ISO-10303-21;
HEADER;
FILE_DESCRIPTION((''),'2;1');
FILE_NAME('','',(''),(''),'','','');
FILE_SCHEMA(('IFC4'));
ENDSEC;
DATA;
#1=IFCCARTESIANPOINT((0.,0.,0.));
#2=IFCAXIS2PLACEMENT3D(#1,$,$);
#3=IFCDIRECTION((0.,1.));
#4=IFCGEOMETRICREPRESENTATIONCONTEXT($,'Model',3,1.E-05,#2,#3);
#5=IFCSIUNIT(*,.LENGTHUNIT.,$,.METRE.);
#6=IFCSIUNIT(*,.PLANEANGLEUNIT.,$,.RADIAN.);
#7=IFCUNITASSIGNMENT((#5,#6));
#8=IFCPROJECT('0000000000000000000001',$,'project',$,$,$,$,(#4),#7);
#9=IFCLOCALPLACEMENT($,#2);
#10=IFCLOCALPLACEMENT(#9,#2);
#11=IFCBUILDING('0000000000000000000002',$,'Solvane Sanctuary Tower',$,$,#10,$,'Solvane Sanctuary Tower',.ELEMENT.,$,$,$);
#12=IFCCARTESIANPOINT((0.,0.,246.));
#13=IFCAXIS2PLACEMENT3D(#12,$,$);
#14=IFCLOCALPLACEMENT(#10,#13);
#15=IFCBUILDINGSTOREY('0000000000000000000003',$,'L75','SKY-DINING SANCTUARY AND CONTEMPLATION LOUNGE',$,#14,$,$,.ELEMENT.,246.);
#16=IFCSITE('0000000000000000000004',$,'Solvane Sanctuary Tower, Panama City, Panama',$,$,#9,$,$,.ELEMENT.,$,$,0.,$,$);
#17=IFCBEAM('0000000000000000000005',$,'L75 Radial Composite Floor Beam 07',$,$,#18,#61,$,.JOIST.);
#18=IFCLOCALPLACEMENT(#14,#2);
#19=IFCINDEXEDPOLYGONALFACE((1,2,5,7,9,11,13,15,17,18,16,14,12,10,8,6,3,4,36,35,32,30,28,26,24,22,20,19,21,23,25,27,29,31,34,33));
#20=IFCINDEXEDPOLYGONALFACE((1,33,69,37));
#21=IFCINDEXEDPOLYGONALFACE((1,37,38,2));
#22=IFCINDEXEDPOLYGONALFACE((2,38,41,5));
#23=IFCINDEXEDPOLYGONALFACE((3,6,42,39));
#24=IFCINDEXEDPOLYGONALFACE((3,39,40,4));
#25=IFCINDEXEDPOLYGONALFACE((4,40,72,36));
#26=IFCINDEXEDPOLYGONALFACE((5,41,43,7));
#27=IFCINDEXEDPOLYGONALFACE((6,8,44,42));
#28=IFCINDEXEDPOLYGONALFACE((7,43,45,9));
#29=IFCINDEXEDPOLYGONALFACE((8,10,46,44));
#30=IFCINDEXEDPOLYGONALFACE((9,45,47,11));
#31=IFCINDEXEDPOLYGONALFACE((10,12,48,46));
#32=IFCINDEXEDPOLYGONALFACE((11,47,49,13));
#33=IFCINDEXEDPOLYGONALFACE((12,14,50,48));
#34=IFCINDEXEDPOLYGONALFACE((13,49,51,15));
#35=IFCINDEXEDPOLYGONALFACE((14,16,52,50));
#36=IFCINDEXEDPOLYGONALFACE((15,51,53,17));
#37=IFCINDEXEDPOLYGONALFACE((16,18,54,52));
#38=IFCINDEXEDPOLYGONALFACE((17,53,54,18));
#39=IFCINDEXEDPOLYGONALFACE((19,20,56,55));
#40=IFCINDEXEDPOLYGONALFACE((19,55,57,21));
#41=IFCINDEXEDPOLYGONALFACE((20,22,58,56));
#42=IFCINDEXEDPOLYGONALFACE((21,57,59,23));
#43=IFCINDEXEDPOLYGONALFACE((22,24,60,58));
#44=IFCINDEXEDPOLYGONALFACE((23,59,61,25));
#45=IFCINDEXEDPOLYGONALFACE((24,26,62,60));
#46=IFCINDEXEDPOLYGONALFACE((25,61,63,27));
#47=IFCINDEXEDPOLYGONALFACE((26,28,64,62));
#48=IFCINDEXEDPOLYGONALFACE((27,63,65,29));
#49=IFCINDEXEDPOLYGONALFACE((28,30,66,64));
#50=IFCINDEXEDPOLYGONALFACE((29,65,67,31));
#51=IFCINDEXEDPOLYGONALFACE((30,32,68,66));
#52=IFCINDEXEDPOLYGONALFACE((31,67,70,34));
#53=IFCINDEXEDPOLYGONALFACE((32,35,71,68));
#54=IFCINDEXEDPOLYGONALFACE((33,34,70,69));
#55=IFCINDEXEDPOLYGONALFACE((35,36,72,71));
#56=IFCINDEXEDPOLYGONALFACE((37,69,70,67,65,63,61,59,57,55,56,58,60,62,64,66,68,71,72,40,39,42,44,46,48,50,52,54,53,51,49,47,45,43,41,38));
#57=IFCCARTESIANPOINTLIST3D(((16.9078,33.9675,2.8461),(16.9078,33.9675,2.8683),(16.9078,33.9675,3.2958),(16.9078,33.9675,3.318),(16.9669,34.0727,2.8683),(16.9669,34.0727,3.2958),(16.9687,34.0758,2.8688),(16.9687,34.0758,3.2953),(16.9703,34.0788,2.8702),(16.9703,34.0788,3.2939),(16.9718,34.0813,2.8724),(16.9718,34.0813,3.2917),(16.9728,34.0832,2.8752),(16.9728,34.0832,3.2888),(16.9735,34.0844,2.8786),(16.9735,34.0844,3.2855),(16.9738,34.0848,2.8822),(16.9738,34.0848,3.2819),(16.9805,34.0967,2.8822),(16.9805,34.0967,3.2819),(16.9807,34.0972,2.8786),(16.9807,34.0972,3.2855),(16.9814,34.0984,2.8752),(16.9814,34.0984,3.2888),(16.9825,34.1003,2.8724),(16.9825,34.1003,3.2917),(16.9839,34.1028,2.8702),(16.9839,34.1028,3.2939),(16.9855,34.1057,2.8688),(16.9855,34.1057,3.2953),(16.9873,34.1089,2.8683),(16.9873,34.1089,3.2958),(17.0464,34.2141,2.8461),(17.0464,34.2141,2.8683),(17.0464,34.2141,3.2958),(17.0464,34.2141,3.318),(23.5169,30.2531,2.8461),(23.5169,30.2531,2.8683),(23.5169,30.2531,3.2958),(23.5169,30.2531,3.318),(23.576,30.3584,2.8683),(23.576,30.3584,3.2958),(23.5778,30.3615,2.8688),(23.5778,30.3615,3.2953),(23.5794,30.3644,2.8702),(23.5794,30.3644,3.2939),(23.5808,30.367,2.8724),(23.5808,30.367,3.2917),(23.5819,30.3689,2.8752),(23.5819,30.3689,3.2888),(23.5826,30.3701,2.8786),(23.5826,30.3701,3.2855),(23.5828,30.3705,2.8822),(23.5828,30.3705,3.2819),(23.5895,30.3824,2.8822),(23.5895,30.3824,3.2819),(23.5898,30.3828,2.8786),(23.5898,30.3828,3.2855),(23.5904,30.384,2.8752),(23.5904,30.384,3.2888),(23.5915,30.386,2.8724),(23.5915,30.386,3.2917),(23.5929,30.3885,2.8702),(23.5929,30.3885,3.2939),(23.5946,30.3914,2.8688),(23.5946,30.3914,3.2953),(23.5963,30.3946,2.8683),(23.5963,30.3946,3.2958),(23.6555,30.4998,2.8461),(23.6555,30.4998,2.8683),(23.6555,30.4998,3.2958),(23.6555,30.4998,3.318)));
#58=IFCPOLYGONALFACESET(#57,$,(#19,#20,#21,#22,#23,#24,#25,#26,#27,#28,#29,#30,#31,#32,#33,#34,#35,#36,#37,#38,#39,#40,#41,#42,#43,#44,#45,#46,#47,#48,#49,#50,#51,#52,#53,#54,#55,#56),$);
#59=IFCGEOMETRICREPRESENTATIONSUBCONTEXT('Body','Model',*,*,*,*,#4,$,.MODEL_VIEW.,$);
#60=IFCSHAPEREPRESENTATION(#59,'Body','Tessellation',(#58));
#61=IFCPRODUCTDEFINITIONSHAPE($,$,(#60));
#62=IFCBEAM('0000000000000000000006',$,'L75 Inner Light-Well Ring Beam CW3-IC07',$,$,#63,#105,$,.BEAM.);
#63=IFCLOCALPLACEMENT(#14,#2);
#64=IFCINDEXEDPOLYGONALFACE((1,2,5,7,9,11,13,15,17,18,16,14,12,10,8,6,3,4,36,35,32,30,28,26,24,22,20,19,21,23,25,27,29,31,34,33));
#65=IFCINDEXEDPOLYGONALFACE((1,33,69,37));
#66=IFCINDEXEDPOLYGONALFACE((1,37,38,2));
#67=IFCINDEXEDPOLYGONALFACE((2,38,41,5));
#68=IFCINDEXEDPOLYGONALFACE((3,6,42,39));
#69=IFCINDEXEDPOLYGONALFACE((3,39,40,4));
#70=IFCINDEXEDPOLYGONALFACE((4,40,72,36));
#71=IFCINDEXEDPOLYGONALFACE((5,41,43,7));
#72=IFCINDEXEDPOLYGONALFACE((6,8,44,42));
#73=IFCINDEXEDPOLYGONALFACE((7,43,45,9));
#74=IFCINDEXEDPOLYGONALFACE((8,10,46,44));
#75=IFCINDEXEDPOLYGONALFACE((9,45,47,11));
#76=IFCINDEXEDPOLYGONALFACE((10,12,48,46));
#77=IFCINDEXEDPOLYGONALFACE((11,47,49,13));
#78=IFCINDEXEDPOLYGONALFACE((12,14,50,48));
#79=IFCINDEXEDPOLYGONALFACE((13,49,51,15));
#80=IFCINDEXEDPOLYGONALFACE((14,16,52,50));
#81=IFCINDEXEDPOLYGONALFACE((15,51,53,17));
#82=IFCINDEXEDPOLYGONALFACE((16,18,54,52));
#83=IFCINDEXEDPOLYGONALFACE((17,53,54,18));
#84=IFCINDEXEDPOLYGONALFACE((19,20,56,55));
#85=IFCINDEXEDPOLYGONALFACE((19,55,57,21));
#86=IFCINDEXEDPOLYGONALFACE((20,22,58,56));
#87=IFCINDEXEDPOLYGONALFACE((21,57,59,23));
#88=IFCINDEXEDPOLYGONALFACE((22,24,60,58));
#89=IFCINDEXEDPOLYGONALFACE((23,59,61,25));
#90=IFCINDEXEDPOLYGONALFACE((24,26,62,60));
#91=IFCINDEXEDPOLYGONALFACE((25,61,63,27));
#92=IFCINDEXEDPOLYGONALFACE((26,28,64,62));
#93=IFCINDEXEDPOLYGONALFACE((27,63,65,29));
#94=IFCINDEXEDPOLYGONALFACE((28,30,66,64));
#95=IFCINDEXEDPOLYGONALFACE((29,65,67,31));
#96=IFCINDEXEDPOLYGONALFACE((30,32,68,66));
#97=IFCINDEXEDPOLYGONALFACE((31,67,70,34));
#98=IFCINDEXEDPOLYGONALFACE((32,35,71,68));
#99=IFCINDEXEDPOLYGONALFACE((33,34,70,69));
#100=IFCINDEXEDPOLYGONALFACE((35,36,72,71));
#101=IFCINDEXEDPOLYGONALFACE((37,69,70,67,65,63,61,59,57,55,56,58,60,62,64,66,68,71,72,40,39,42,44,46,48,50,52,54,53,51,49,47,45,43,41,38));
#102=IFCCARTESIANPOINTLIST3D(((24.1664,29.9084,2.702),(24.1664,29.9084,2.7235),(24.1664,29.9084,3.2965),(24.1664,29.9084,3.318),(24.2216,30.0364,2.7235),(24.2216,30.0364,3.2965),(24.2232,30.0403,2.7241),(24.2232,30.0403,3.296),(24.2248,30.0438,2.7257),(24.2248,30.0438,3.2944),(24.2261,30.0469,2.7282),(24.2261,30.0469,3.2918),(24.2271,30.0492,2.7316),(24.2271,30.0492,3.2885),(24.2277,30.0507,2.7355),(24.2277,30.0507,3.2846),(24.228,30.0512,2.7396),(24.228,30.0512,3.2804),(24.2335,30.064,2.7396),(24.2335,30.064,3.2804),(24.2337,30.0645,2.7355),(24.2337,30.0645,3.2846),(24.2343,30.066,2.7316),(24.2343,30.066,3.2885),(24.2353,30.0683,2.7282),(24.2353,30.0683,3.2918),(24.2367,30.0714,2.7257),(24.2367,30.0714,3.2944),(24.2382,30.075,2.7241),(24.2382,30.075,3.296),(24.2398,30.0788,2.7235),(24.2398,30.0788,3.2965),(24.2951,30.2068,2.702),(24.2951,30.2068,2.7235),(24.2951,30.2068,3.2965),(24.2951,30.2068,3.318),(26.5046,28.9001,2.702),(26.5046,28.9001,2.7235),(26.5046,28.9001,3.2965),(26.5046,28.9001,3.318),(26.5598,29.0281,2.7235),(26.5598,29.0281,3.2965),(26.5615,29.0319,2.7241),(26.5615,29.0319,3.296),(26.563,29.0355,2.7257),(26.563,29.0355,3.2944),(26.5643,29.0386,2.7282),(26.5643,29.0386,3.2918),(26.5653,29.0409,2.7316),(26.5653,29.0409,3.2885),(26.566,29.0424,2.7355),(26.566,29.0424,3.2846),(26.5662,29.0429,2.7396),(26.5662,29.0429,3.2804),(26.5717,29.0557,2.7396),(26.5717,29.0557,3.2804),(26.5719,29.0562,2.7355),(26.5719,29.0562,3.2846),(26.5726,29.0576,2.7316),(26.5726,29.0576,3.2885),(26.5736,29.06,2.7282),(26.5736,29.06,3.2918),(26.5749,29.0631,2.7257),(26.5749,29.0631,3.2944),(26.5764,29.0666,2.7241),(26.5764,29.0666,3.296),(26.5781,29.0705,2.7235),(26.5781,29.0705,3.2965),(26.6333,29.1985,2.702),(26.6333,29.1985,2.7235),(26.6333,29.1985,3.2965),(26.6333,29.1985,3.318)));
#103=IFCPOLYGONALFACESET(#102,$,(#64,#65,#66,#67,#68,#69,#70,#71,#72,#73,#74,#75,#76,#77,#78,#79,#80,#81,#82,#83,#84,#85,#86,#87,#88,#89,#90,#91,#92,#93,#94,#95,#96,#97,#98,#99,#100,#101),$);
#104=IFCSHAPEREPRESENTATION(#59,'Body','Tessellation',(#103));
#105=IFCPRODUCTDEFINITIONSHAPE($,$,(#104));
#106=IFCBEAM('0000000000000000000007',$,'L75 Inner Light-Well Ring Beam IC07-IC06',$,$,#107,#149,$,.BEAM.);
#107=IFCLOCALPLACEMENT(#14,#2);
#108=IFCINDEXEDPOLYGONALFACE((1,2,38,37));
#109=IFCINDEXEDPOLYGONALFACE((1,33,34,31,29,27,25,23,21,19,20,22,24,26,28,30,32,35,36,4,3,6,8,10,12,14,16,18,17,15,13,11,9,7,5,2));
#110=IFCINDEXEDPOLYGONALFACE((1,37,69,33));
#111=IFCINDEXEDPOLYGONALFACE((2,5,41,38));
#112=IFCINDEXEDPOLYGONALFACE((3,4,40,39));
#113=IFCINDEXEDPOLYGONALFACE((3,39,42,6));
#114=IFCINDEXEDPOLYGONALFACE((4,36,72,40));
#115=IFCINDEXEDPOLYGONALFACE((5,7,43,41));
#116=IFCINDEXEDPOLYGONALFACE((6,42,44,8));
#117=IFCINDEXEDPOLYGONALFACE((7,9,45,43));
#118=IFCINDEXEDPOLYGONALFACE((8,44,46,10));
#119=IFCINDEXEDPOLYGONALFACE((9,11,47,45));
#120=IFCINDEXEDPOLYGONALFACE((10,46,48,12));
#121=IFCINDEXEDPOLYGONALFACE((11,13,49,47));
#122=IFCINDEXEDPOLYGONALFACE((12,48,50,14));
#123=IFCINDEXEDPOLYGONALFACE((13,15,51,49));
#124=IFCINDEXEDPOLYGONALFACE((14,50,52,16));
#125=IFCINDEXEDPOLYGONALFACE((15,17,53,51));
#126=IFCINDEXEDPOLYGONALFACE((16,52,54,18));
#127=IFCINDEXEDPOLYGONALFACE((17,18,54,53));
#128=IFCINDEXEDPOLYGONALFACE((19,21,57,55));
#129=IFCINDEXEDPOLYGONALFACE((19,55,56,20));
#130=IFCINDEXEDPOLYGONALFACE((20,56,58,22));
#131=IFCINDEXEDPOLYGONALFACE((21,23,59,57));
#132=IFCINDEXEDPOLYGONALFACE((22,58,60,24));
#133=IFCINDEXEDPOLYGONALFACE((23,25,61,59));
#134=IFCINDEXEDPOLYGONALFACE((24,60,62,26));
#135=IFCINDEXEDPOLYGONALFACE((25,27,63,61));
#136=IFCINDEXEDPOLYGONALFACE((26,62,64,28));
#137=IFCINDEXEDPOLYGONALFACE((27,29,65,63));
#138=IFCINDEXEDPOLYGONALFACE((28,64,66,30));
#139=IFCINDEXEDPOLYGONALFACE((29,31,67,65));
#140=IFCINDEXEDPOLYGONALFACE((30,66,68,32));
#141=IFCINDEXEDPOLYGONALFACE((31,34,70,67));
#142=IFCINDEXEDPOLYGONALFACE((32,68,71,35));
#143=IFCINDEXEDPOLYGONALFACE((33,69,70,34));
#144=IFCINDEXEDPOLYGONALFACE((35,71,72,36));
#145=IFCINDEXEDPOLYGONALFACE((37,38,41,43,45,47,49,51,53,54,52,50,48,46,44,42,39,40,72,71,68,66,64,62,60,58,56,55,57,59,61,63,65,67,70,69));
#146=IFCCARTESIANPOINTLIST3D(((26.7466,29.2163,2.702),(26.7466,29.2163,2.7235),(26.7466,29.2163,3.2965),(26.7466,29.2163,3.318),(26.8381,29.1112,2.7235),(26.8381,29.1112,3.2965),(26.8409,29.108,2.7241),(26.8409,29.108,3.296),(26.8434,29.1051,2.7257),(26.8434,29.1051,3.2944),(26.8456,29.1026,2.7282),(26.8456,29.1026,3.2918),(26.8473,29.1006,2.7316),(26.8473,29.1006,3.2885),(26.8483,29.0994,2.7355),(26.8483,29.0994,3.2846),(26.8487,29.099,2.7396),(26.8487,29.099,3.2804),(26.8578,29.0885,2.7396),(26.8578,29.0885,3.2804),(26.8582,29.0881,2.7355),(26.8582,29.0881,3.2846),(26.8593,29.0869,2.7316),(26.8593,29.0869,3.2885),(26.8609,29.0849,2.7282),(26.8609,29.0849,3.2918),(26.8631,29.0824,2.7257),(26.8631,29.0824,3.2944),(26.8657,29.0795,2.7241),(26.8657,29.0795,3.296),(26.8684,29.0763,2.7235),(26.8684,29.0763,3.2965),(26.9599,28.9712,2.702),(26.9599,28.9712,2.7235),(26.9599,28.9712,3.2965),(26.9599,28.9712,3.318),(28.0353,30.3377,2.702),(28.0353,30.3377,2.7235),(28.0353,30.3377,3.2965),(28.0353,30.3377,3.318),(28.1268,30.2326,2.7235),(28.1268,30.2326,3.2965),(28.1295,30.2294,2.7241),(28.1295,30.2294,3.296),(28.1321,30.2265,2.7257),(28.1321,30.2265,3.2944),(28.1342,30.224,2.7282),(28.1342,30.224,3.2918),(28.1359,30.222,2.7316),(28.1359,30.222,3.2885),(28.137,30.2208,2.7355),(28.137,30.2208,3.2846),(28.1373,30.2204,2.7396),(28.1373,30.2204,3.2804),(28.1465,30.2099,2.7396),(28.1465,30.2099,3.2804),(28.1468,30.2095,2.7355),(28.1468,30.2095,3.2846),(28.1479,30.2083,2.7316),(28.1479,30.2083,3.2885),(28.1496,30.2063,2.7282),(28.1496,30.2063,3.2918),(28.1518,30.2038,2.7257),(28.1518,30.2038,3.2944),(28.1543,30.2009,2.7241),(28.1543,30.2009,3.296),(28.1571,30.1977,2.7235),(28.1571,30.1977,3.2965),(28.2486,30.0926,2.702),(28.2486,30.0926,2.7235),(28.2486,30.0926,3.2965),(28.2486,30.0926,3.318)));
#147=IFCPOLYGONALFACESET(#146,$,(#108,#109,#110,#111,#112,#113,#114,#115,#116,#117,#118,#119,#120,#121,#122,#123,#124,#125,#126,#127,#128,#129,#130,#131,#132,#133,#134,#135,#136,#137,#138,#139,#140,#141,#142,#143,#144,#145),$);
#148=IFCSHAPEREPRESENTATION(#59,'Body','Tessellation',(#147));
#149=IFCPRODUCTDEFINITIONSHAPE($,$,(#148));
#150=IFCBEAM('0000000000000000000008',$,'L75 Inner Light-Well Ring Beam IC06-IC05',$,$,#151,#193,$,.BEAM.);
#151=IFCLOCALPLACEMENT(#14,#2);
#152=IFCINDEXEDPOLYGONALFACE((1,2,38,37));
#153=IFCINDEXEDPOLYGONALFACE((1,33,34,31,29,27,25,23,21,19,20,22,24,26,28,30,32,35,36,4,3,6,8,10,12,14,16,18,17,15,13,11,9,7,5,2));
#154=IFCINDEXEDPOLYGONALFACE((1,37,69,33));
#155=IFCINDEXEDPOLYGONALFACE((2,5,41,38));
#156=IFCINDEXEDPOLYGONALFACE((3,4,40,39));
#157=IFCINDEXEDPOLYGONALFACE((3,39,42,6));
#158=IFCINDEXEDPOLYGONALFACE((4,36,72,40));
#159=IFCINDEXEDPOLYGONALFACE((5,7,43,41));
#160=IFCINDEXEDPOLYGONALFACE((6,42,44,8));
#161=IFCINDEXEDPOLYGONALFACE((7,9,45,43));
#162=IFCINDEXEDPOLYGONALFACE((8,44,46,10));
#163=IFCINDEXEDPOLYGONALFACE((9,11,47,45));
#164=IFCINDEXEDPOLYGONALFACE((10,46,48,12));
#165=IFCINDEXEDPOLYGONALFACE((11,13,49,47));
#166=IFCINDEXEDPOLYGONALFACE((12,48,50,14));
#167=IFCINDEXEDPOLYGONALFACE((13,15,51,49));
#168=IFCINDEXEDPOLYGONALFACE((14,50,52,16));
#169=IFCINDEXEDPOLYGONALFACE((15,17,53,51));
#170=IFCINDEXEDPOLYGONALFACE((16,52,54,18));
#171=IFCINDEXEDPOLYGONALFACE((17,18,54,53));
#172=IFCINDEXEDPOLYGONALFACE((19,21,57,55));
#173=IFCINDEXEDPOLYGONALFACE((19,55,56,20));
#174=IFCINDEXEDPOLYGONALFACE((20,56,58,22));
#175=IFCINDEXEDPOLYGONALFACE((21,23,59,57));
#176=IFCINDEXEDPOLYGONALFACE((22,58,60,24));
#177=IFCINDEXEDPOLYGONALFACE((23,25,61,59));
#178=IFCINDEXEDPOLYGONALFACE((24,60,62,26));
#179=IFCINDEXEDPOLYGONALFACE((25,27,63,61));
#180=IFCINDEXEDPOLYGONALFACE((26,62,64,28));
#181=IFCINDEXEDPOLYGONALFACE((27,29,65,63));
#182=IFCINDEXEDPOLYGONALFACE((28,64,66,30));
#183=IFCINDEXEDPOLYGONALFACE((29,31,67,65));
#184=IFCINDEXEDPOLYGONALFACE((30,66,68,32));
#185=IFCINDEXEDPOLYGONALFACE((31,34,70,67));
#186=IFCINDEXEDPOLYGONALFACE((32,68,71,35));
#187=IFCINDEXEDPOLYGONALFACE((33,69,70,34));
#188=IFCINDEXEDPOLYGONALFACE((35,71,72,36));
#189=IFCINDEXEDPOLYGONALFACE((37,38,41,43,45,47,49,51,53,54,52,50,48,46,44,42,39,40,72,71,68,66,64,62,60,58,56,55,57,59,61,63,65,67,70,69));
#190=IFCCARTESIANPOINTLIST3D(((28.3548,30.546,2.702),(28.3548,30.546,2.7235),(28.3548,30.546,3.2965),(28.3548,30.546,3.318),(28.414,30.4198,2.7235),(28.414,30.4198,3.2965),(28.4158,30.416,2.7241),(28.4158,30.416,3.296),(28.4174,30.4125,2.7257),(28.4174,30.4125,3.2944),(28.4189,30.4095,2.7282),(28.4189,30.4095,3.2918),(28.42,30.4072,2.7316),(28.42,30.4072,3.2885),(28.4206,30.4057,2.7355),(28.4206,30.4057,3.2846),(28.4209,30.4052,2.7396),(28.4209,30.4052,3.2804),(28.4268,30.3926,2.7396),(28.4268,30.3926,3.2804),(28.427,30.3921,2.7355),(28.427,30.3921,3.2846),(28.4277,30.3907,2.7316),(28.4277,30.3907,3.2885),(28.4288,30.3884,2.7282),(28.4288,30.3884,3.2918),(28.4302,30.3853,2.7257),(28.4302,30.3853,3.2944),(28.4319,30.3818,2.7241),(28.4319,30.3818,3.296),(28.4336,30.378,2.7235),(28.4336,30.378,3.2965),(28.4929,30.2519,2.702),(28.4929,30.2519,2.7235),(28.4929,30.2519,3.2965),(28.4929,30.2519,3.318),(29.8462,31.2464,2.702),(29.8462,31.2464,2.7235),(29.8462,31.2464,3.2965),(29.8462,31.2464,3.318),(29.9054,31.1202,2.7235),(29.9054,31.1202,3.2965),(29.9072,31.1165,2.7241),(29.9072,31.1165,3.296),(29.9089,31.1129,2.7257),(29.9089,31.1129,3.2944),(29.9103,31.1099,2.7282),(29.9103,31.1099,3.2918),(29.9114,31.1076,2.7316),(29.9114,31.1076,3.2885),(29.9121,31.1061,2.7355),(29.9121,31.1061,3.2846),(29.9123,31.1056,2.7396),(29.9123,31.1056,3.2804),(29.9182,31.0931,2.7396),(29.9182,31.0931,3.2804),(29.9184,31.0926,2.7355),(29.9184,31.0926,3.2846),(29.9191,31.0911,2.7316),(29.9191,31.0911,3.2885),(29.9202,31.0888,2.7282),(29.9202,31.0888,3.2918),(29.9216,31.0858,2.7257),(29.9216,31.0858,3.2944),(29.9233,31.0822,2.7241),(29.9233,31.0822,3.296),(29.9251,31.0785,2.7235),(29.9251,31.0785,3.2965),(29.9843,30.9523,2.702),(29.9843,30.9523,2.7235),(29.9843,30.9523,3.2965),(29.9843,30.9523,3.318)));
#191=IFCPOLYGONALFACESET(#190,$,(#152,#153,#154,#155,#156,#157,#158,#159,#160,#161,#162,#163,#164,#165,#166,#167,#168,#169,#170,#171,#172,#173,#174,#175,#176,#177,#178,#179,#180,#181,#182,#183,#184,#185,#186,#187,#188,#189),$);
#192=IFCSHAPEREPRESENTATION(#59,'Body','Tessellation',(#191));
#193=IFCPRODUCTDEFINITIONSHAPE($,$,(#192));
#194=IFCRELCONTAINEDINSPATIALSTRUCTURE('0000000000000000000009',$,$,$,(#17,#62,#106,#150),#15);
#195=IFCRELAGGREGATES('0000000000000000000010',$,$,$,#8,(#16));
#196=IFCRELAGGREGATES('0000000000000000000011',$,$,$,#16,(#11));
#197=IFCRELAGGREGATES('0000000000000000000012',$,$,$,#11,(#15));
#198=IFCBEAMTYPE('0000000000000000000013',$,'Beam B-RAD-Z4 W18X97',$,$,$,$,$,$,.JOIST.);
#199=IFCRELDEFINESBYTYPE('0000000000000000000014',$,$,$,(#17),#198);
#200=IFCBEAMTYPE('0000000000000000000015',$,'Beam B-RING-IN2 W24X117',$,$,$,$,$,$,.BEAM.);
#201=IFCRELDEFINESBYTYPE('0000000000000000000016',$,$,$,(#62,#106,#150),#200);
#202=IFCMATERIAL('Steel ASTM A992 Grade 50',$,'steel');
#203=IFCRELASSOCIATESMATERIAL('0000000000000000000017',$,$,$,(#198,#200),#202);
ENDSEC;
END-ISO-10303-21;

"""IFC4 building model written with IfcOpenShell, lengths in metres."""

from ifc_helpers import new_model, si_unit, direction, frame, origin, origin_2d, place, context, subcontext, project, spatial, i_section, extrude, material, material_profile, profile_set, type_object, element, save


model = new_model("IFC4")

# Units and contexts
model_context = context("Model", 3, precision=1e-05, world=origin(), true_north=direction((0.0, 1.0)))
body_context = subcontext(model_context, "Body", "Model", "MODEL_VIEW")
ifc_project = project(units=[si_unit("LENGTHUNIT", "METRE"), si_unit("PLANEANGLEUNIT", "RADIAN")], contexts=[model_context])

# Site, building, storey
site_placement = place(None, origin())
site = spatial("IfcSite", under=ifc_project, at=site_placement, Name="Solvane Sanctuary Tower, Panama City, Panama", CompositionType="ELEMENT", RefElevation=0.0)
building_placement = place(site_placement, origin())
building = spatial("IfcBuilding", under=site, at=building_placement, Name="Solvane Sanctuary Tower", LongName="Solvane Sanctuary Tower", CompositionType="ELEMENT")
storey_placement = place(building_placement, frame((0.0, 0.0, 246.0)))
storey = spatial("IfcBuildingStorey", under=building, at=storey_placement, Name="L75", Description="SKY-DINING SANCTUARY AND CONTEMPLATION LOUNGE", CompositionType="ELEMENT", Elevation=246.0)

# Beams
ifc_material_1 = material(Name="Steel ASTM A992 Grade 50", Category="steel")
ifc_material_profile_1 = material_profile(ifc_material_1, i_section(OverallWidth=0.283, OverallDepth=0.4719, WebThickness=0.0137, FlangeThickness=0.0222, FilletRadius=0.0139, at=origin_2d()), Name="W18X97")
ifc_profile_set_1 = profile_set([ifc_material_profile_1], Name="Steel ASTM A992 Grade 50")
beam_type_1 = type_object("IfcBeamType", Name="Beam B-RAD-Z4 W18X97", PredefinedType="JOIST", material=ifc_profile_set_1)
beam_1_placement = place(storey_placement, frame((23.5862, 30.3765, 3.082), z_axis=(-0.87176, 0.489932, 0.0), x_axis=(-0.489932, -0.87176, 0.0)))
element("IfcBeam", 1, at=beam_1_placement, inside=storey, type_object=beam_type_1, Name="L75 Radial Composite Floor Beam 07", PredefinedType="JOIST", context=body_context, shape_type="SweptSolid", body=[
    extrude(i_section(OverallWidth=0.283, OverallDepth=0.4719, WebThickness=0.0137, FlangeThickness=0.0222, FilletRadius=0.0139, at=origin_2d()), origin(), (0.0, 0.0, 1.0), 7.5813),
])
ifc_material_profile_2 = material_profile(ifc_material_1, i_section(OverallWidth=0.325, OverallDepth=0.616, WebThickness=0.0139, FlangeThickness=0.0215, FilletRadius=0.0161, at=origin_2d()), Name="W24X117")
ifc_profile_set_2 = profile_set([ifc_material_profile_2], Name="Steel ASTM A992 Grade 50")
beam_type_2 = type_object("IfcBeamType", Name="Beam B-RING-IN2 W24X117", PredefinedType="BEAM", material=ifc_profile_set_2)
beam_2_placement = place(storey_placement, frame((24.2307, 30.0576, 3.01), z_axis=(0.918255, -0.39599, 0.0), x_axis=(0.39599, 0.918255, 0.0)))
element("IfcBeam", 2, at=beam_2_placement, inside=storey, type_object=beam_type_2, Name="L75 Inner Light-Well Ring Beam CW3-IC07", PredefinedType="BEAM", context=body_context, shape_type="SweptSolid", body=[
    extrude(i_section(OverallWidth=0.325, OverallDepth=0.616, WebThickness=0.0139, FlangeThickness=0.0215, FilletRadius=0.0161, at=origin_2d()), origin(), (0.0, 0.0, 1.0), 2.5464),
])
beam_3_placement = place(storey_placement, frame((26.8533, 29.0938, 3.01), z_axis=(0.754362, 0.656458, 0.0), x_axis=(-0.656458, 0.754362, 0.0)))
element("IfcBeam", 3, at=beam_3_placement, inside=storey, type_object=beam_type_2, Name="L75 Inner Light-Well Ring Beam IC07-IC06", PredefinedType="BEAM", context=body_context, shape_type="SweptSolid", body=[
    extrude(i_section(OverallWidth=0.325, OverallDepth=0.616, WebThickness=0.0139, FlangeThickness=0.0215, FilletRadius=0.0161, at=origin_2d()), origin(), (0.0, 0.0, 1.0), 1.7083),
])
beam_4_placement = place(storey_placement, frame((28.4238, 30.3989, 3.01), z_axis=(0.905151, 0.42509, 0.0), x_axis=(-0.42509, 0.905151, 0.0)))
element("IfcBeam", 4, at=beam_4_placement, inside=storey, type_object=beam_type_2, Name="L75 Inner Light-Well Ring Beam IC06-IC05", PredefinedType="BEAM", context=body_context, shape_type="SweptSolid", body=[
    extrude(i_section(OverallWidth=0.325, OverallDepth=0.616, WebThickness=0.0139, FlangeThickness=0.0215, FilletRadius=0.0161, at=origin_2d()), origin(), (0.0, 0.0, 1.0), 1.6477),
])

save(model, "model.ifc")
